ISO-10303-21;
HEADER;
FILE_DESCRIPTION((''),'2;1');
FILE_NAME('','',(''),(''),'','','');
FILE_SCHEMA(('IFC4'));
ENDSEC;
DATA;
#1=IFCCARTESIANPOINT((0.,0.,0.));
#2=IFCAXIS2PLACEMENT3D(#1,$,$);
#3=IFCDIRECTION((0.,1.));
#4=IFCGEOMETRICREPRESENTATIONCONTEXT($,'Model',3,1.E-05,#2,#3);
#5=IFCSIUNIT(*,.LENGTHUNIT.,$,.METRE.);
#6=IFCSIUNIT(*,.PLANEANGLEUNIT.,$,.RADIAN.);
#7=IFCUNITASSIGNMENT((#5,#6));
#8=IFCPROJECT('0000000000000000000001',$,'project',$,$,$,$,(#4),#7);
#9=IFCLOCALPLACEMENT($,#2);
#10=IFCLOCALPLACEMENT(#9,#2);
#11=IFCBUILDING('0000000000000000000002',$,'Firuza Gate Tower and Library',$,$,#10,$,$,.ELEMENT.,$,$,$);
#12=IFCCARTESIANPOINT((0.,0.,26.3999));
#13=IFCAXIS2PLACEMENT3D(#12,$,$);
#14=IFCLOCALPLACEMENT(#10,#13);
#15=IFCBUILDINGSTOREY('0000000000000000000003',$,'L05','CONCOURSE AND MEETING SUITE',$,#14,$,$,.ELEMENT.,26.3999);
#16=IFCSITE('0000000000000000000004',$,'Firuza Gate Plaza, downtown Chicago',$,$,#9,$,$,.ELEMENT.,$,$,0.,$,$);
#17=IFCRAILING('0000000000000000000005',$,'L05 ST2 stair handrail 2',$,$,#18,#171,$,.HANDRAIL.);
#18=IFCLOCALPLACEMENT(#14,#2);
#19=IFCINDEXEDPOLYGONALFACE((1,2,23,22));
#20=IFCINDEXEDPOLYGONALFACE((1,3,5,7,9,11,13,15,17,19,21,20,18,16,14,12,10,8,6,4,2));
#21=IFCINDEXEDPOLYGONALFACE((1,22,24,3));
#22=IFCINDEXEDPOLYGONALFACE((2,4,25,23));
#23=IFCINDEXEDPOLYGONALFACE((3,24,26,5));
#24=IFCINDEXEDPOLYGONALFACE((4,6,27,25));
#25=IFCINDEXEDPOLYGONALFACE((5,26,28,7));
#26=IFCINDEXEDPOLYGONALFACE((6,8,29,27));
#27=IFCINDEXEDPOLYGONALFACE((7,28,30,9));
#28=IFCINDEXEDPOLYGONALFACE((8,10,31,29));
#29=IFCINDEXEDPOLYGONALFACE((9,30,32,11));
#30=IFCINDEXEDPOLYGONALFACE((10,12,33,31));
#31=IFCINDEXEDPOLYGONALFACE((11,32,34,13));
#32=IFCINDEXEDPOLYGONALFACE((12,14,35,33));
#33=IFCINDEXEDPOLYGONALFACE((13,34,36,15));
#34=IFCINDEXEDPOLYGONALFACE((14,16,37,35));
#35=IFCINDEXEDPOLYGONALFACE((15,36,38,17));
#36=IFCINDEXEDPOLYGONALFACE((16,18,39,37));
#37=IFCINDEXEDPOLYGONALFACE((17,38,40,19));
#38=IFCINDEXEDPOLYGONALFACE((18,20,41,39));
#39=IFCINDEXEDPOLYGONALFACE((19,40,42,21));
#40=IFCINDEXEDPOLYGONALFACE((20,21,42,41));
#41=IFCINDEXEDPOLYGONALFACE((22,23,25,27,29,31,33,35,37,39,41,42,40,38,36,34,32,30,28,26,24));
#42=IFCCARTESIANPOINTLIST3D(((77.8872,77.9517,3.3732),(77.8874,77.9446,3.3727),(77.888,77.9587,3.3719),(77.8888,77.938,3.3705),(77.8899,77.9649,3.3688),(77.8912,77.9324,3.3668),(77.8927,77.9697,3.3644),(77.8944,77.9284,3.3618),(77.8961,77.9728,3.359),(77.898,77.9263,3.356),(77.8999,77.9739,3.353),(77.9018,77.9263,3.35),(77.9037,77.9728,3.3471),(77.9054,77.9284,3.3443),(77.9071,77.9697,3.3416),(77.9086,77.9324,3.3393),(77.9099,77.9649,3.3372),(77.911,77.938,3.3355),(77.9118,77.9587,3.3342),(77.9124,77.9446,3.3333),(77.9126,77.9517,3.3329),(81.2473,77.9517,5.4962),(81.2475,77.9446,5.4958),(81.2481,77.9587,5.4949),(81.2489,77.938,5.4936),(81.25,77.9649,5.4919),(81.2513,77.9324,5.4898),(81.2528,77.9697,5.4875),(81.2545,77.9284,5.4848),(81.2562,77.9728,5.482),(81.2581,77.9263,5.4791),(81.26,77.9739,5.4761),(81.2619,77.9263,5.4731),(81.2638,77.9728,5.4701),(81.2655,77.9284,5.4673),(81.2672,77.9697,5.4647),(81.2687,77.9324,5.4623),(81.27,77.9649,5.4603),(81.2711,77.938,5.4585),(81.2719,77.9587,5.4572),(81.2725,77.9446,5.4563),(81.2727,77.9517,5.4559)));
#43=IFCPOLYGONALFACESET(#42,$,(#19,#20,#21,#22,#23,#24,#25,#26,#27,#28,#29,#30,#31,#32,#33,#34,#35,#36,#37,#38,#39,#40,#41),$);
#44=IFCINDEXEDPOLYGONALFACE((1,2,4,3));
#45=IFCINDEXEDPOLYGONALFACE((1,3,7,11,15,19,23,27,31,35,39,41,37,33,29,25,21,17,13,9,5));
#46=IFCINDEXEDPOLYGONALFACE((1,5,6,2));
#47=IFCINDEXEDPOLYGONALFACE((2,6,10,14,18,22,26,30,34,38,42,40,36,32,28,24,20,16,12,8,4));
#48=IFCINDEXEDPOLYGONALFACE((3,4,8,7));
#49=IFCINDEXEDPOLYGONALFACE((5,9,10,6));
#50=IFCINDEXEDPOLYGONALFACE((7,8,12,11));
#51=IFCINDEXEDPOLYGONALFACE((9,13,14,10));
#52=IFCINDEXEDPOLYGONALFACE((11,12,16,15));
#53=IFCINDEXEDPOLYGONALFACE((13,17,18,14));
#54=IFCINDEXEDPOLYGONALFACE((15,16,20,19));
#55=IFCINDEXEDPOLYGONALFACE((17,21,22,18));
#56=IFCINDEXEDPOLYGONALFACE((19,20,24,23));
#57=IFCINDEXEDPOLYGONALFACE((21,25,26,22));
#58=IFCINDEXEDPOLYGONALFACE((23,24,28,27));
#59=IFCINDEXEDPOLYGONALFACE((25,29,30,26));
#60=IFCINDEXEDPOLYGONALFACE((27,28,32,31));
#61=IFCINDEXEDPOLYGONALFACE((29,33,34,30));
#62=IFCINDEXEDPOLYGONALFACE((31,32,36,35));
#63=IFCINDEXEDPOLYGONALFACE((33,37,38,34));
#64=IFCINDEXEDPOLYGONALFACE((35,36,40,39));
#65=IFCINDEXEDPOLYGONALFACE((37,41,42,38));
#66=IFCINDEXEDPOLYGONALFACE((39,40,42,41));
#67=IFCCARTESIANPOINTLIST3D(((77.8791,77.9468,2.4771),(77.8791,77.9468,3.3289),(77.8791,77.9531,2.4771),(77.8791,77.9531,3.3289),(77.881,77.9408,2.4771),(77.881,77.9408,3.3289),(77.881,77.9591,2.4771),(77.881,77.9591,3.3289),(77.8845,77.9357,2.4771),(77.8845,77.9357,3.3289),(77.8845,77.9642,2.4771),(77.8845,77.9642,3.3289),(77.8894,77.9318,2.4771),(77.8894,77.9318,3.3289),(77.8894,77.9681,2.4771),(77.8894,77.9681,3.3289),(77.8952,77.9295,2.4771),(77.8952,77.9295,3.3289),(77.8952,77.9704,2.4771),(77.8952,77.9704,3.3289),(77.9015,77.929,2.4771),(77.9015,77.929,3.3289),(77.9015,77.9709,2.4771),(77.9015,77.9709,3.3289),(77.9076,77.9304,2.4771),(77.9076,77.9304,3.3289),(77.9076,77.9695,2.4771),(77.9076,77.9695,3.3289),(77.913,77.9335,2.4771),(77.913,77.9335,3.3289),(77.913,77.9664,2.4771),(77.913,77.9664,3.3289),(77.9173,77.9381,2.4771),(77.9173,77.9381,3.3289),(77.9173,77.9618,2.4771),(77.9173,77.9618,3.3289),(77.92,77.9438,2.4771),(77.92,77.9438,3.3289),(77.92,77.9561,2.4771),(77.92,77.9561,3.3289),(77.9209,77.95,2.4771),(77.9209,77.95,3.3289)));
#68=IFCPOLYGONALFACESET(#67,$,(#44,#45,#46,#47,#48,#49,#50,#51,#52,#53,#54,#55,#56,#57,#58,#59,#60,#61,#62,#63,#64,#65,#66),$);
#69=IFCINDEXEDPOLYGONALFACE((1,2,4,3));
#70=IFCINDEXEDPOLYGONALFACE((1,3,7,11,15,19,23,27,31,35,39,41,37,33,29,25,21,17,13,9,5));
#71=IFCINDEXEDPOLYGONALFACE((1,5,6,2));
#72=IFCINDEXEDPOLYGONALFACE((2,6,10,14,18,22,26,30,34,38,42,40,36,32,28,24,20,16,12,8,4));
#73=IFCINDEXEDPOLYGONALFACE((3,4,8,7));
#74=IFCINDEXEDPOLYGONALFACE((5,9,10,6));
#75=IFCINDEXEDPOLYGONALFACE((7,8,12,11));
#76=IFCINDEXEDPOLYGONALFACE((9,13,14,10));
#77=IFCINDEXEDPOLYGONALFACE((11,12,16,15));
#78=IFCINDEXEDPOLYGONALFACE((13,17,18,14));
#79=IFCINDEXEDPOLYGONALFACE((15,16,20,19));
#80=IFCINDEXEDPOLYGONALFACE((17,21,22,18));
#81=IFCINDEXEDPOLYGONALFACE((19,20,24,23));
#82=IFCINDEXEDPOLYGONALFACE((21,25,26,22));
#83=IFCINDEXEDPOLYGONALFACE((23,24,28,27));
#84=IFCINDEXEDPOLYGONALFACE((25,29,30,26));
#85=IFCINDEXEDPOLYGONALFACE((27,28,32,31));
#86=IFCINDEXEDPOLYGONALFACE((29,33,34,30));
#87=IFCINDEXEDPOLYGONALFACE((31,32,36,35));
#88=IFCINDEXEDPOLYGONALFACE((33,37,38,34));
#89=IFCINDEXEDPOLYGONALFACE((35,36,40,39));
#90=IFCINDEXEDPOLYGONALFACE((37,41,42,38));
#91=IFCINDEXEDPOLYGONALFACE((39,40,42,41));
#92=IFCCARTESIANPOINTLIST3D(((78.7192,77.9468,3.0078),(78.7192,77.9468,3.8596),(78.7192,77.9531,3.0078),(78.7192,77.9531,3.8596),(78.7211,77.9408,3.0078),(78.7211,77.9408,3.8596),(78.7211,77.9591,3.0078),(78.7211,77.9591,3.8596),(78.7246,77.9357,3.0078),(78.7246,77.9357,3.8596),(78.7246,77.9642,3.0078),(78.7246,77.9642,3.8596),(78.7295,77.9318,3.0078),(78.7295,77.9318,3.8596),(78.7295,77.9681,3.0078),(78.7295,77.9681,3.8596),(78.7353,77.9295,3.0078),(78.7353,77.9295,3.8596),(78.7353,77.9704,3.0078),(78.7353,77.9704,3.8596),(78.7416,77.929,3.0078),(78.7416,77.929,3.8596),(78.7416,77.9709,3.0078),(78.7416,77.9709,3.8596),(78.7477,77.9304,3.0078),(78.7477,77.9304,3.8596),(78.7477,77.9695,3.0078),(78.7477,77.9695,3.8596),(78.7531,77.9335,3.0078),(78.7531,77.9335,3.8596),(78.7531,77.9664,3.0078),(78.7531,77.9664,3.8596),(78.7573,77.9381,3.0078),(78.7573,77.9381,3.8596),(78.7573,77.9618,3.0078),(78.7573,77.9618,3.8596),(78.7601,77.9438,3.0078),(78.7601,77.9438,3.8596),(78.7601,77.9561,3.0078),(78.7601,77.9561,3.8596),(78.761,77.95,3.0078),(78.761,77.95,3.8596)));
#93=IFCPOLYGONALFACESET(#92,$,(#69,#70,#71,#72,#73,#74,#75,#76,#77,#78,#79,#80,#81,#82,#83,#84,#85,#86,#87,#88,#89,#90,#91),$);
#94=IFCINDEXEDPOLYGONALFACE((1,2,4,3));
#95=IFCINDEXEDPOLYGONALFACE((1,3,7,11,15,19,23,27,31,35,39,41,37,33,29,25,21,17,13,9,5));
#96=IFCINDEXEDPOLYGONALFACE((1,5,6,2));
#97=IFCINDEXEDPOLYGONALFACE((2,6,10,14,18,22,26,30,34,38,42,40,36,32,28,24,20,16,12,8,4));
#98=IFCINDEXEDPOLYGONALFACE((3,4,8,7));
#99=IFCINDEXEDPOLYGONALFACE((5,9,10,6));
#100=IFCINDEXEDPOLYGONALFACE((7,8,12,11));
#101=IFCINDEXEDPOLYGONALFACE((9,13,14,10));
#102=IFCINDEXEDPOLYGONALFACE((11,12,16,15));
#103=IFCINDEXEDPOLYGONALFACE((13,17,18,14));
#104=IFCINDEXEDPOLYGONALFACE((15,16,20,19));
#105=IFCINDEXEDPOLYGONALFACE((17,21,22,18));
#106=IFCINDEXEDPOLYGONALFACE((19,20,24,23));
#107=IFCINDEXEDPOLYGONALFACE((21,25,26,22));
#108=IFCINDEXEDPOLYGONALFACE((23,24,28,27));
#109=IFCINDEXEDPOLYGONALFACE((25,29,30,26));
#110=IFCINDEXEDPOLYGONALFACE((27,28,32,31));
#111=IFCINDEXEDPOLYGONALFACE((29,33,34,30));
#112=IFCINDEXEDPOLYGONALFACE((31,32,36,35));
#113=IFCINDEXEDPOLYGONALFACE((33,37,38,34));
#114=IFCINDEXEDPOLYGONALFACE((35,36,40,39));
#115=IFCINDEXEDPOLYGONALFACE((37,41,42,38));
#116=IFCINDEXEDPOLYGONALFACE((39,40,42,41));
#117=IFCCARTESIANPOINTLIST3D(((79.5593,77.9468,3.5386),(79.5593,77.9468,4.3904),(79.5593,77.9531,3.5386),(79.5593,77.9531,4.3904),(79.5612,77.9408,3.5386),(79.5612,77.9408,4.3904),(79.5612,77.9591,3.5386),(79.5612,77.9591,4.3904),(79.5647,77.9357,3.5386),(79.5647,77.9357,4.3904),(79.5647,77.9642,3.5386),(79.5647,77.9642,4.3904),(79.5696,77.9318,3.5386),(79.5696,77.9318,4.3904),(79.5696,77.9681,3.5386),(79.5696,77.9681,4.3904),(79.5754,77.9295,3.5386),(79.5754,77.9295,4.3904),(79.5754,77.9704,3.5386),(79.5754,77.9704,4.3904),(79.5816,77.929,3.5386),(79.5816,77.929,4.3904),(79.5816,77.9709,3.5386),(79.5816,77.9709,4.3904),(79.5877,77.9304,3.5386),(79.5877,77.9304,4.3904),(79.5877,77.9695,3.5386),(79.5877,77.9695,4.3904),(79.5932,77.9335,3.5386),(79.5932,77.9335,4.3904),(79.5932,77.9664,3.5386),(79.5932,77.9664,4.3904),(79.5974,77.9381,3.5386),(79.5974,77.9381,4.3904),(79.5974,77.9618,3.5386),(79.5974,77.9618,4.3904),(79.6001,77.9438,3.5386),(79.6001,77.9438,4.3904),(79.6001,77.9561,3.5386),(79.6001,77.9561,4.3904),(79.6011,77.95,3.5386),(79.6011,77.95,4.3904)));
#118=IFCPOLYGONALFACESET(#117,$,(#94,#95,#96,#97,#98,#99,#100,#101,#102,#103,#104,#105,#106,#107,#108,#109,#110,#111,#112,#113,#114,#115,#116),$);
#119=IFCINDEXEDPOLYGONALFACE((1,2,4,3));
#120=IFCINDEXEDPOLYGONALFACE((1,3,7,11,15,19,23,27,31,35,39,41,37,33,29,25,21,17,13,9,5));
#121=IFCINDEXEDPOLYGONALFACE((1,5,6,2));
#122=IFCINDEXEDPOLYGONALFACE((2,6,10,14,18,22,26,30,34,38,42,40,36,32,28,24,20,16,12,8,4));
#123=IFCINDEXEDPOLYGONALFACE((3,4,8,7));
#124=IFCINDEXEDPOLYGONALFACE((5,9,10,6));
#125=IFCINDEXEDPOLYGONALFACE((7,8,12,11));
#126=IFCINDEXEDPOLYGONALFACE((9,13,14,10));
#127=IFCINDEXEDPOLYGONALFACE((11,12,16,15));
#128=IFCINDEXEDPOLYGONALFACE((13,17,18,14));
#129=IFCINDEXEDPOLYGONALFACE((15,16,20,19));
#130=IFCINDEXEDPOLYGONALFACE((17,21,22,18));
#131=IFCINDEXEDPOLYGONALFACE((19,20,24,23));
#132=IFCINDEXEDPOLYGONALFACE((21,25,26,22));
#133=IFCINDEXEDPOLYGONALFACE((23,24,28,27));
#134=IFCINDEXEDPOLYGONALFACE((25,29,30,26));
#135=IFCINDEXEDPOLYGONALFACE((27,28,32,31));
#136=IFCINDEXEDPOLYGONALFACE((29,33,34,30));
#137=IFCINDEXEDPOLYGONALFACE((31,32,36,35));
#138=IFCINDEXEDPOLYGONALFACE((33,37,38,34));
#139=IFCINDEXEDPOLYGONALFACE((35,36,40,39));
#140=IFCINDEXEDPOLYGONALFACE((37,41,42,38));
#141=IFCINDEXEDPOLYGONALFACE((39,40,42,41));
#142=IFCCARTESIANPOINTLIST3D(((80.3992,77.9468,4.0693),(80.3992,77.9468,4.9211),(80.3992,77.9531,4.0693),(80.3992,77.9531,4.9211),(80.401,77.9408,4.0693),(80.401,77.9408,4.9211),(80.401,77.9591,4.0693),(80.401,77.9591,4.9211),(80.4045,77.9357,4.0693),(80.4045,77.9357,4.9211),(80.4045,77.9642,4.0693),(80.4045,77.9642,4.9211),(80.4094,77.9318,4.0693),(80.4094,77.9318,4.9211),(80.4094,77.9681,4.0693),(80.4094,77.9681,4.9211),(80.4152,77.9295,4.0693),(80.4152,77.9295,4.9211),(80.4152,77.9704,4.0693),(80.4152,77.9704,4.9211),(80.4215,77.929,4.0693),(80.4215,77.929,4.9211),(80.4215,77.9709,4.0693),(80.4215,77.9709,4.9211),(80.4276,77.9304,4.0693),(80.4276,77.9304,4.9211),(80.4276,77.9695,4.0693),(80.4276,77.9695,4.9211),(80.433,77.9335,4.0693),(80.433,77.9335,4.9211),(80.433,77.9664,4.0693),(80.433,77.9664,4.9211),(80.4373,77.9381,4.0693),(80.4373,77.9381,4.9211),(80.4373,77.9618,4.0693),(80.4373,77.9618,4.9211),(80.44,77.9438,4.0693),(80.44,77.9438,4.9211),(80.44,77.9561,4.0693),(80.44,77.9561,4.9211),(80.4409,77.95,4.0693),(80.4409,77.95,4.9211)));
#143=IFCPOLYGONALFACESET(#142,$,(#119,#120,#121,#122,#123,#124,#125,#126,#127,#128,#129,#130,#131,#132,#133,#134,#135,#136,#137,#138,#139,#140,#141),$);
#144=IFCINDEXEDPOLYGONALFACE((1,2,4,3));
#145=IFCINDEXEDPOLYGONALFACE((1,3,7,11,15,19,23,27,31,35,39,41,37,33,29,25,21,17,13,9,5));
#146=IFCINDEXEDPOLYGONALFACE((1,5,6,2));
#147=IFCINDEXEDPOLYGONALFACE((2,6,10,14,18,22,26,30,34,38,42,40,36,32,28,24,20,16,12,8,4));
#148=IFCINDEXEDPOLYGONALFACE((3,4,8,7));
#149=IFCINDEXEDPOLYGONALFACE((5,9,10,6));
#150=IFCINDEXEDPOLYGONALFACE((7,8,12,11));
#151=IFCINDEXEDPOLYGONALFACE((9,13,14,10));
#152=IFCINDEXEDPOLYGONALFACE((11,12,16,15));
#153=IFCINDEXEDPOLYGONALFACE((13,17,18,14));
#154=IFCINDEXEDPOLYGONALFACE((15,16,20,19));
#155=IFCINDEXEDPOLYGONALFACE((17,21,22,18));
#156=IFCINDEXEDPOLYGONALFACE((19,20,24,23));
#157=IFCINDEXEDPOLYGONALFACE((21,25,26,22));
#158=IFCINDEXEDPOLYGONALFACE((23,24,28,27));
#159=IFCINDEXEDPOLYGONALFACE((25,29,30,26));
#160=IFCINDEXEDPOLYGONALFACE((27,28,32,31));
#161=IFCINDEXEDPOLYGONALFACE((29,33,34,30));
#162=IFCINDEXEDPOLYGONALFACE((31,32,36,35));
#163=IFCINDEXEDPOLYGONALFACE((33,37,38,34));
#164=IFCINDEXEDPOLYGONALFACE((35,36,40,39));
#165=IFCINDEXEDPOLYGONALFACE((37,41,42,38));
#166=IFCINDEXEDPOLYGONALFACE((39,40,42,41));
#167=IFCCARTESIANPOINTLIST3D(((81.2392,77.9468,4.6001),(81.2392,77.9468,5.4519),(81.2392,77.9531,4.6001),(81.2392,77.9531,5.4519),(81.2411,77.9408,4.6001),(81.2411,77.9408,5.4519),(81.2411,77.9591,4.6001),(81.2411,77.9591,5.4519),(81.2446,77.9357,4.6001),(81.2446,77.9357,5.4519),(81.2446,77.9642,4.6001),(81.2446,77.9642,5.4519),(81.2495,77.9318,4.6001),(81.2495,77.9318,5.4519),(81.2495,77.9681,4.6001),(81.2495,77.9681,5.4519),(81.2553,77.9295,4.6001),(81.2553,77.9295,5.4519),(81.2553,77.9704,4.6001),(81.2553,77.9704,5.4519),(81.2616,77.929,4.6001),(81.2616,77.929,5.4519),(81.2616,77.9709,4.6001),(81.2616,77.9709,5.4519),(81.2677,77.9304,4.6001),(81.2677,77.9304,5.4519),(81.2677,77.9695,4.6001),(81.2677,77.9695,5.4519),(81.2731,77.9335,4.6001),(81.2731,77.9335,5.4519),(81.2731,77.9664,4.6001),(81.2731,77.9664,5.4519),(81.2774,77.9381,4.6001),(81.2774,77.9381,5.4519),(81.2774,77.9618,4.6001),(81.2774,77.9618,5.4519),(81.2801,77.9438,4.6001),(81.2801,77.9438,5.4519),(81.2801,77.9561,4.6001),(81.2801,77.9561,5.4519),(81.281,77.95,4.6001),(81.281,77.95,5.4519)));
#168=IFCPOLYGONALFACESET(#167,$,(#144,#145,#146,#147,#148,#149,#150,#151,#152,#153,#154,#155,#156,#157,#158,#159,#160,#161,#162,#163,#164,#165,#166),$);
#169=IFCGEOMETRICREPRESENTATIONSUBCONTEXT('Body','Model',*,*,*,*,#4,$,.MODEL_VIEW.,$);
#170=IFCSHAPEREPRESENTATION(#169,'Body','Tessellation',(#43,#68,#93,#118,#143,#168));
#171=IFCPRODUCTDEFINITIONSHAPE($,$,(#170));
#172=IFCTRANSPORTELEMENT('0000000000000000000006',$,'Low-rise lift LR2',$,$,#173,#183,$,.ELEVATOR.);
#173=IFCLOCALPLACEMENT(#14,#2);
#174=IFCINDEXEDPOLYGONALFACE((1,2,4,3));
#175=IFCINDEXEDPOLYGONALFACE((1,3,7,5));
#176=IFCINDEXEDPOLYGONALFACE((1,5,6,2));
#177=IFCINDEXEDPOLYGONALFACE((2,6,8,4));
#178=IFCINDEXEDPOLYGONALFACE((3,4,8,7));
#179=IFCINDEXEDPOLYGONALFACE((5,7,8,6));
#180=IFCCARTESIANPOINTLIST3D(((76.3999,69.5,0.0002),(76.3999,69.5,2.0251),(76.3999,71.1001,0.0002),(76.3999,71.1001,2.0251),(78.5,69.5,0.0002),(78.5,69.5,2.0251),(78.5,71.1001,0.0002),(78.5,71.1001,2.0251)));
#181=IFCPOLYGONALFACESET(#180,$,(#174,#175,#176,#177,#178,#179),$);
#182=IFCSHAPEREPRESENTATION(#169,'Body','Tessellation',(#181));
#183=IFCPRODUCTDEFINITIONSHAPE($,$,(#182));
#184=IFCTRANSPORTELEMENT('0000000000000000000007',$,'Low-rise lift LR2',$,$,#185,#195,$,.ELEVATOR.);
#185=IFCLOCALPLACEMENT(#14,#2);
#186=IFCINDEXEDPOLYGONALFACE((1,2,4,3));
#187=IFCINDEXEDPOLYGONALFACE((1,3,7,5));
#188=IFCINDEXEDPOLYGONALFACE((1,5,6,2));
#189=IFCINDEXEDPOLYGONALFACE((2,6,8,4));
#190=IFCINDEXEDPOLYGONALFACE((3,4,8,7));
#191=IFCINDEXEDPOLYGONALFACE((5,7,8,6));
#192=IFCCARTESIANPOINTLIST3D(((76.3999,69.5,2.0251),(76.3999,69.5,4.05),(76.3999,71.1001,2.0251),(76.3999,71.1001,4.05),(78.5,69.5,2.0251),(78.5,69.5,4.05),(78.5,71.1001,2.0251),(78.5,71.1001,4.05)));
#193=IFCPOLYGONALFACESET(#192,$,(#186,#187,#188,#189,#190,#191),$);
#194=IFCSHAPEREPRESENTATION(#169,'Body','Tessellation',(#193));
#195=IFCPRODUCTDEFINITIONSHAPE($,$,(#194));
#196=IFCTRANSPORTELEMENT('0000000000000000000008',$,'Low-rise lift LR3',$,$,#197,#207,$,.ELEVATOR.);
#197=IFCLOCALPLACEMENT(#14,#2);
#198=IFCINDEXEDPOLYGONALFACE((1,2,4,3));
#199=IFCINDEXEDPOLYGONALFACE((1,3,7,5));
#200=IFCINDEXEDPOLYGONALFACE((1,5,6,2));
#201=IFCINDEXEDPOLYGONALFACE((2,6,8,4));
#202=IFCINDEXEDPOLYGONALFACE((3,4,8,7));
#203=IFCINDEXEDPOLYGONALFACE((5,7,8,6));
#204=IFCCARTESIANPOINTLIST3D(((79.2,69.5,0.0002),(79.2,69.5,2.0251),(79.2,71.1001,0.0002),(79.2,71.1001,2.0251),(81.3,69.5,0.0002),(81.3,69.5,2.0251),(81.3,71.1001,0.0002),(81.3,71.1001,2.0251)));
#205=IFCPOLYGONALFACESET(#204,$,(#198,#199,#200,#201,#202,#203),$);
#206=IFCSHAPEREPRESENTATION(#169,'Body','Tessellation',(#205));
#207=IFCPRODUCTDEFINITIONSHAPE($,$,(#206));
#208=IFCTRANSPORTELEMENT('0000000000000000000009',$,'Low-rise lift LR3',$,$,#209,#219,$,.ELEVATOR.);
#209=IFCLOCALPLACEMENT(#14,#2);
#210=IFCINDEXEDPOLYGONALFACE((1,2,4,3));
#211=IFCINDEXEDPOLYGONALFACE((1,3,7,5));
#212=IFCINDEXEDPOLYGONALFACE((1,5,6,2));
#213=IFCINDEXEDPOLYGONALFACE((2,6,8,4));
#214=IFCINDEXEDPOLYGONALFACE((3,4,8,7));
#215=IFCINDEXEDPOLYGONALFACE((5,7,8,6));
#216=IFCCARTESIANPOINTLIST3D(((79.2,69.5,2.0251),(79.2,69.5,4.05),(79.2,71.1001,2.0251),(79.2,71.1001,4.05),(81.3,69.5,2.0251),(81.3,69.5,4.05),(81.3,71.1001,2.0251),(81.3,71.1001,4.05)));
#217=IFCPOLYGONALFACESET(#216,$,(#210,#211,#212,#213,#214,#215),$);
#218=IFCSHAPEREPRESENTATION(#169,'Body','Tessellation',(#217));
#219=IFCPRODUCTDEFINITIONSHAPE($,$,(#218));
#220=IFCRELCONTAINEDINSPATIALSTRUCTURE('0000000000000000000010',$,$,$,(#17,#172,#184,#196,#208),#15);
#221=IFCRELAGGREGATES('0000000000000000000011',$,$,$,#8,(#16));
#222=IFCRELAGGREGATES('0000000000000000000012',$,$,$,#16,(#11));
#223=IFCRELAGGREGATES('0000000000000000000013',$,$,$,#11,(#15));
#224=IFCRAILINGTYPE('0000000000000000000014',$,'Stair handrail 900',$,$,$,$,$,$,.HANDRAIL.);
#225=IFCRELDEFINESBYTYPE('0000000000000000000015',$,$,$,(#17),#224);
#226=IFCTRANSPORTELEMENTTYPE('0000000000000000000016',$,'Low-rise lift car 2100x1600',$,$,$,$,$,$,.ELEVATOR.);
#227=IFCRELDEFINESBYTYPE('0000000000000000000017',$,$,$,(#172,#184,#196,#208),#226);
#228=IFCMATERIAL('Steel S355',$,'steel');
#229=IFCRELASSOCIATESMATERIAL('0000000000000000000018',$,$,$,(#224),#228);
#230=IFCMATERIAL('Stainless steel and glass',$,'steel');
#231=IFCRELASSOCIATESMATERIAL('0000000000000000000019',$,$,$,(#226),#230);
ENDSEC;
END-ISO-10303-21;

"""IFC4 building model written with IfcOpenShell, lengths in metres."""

from ifc_helpers import new_model, si_unit, direction, frame, origin, origin_2d, place, context, subcontext, project, spatial, rectangle, circle, extrude, material, type_object, element, save


model = new_model("IFC4")

# Units and contexts
model_context = context("Model", 3, precision=1e-05, world=origin(), true_north=direction((0.0, 1.0)))
body_context = subcontext(model_context, "Body", "Model", "MODEL_VIEW")
ifc_project = project(units=[si_unit("LENGTHUNIT", "METRE"), si_unit("PLANEANGLEUNIT", "RADIAN")], contexts=[model_context])

# Site, building, storey
site_placement = place(None, origin())
site = spatial("IfcSite", under=ifc_project, at=site_placement, Name="Firuza Gate Plaza, downtown Chicago", CompositionType="ELEMENT", RefElevation=0.0)
building_placement = place(site_placement, origin())
building = spatial("IfcBuilding", under=site, at=building_placement, Name="Firuza Gate Tower and Library", CompositionType="ELEMENT")
storey_placement = place(building_placement, frame((0.0, 0.0, 26.3999)))
storey = spatial("IfcBuildingStorey", under=building, at=storey_placement, Name="L05", Description="CONCOURSE AND MEETING SUITE", CompositionType="ELEMENT", Elevation=26.3999)

# Railing
ifc_material_1 = material(Name="Steel S355", Category="steel")
railing_type = type_object("IfcRailingType", Name="Stair handrail 900", PredefinedType="HANDRAIL", material=ifc_material_1)
railing_placement = place(storey_placement, frame((77.8999, 77.95, 2.4771)))
element("IfcRailing", 1, at=railing_placement, inside=storey, type_object=railing_type, Name="L05 ST2 stair handrail 2", PredefinedType="HANDRAIL", context=body_context, shape_type="SweptSolid", body=[
    extrude(circle(Radius=0.0239, at=origin_2d()), frame((0.0, 0.0, 0.876), z_axis=(0.84539, 0.0, 0.53415), x_axis=(0.0, 1.0, 0.0)), (0.0, 0.0, 1.0), 3.9746),
    extrude(circle(Radius=0.021, at=origin_2d()), origin(), (0.0, 0.0, 1.0), 0.8518),
    extrude(circle(Radius=0.021, at=origin_2d()), frame((0.8401, 0.0, 0.5308)), (0.0, 0.0, 1.0), 0.8518),
    extrude(circle(Radius=0.021, at=origin_2d()), frame((1.6802, 0.0, 1.0615)), (0.0, 0.0, 1.0), 0.8518),
    extrude(circle(Radius=0.021, at=origin_2d()), frame((2.52, 0.0, 1.5923)), (0.0, 0.0, 1.0), 0.8518),
    extrude(circle(Radius=0.021, at=origin_2d()), frame((3.3601, 0.0, 2.123)), (0.0, 0.0, 1.0), 0.8518),
])

# Transport elements
ifc_material_2 = material(Name="Stainless steel and glass", Category="steel")
transport_element_type = type_object("IfcTransportElementType", Name="Low-rise lift car 2100x1600", PredefinedType="ELEVATOR", material=ifc_material_2)
for number, where, z_axis, x_axis, name in (
    (2, (77.45, 70.3, 0.0002), (0.0, 0.0, 1.0), (1.0, 0.0, 0.0), "Low-rise lift LR2"),
    (3, (77.45, 70.3, 2.0251), (0.0, 0.0, 1.0), (1.0, 0.0, 0.0), "Low-rise lift LR2"),
    (4, (80.25, 70.3, 0.0002), (0.0, 0.0, 1.0), (1.0, 0.0, 0.0), "Low-rise lift LR3"),
    (5, (80.25, 70.3, 2.0251), (0.0, 0.0, 1.0), (1.0, 0.0, 0.0), "Low-rise lift LR3"),
):
    element("IfcTransportElement", number, at=place(storey_placement, frame(where, z_axis=z_axis, x_axis=x_axis)), inside=storey, type_object=transport_element_type, Name=name, PredefinedType="ELEVATOR", context=body_context, shape_type="SweptSolid", body=[
        extrude(rectangle(XDim=2.1001, YDim=1.6001, at=origin_2d()), origin(), (0.0, 0.0, 1.0), 2.0249),
    ])

save(model, "model.ifc")
